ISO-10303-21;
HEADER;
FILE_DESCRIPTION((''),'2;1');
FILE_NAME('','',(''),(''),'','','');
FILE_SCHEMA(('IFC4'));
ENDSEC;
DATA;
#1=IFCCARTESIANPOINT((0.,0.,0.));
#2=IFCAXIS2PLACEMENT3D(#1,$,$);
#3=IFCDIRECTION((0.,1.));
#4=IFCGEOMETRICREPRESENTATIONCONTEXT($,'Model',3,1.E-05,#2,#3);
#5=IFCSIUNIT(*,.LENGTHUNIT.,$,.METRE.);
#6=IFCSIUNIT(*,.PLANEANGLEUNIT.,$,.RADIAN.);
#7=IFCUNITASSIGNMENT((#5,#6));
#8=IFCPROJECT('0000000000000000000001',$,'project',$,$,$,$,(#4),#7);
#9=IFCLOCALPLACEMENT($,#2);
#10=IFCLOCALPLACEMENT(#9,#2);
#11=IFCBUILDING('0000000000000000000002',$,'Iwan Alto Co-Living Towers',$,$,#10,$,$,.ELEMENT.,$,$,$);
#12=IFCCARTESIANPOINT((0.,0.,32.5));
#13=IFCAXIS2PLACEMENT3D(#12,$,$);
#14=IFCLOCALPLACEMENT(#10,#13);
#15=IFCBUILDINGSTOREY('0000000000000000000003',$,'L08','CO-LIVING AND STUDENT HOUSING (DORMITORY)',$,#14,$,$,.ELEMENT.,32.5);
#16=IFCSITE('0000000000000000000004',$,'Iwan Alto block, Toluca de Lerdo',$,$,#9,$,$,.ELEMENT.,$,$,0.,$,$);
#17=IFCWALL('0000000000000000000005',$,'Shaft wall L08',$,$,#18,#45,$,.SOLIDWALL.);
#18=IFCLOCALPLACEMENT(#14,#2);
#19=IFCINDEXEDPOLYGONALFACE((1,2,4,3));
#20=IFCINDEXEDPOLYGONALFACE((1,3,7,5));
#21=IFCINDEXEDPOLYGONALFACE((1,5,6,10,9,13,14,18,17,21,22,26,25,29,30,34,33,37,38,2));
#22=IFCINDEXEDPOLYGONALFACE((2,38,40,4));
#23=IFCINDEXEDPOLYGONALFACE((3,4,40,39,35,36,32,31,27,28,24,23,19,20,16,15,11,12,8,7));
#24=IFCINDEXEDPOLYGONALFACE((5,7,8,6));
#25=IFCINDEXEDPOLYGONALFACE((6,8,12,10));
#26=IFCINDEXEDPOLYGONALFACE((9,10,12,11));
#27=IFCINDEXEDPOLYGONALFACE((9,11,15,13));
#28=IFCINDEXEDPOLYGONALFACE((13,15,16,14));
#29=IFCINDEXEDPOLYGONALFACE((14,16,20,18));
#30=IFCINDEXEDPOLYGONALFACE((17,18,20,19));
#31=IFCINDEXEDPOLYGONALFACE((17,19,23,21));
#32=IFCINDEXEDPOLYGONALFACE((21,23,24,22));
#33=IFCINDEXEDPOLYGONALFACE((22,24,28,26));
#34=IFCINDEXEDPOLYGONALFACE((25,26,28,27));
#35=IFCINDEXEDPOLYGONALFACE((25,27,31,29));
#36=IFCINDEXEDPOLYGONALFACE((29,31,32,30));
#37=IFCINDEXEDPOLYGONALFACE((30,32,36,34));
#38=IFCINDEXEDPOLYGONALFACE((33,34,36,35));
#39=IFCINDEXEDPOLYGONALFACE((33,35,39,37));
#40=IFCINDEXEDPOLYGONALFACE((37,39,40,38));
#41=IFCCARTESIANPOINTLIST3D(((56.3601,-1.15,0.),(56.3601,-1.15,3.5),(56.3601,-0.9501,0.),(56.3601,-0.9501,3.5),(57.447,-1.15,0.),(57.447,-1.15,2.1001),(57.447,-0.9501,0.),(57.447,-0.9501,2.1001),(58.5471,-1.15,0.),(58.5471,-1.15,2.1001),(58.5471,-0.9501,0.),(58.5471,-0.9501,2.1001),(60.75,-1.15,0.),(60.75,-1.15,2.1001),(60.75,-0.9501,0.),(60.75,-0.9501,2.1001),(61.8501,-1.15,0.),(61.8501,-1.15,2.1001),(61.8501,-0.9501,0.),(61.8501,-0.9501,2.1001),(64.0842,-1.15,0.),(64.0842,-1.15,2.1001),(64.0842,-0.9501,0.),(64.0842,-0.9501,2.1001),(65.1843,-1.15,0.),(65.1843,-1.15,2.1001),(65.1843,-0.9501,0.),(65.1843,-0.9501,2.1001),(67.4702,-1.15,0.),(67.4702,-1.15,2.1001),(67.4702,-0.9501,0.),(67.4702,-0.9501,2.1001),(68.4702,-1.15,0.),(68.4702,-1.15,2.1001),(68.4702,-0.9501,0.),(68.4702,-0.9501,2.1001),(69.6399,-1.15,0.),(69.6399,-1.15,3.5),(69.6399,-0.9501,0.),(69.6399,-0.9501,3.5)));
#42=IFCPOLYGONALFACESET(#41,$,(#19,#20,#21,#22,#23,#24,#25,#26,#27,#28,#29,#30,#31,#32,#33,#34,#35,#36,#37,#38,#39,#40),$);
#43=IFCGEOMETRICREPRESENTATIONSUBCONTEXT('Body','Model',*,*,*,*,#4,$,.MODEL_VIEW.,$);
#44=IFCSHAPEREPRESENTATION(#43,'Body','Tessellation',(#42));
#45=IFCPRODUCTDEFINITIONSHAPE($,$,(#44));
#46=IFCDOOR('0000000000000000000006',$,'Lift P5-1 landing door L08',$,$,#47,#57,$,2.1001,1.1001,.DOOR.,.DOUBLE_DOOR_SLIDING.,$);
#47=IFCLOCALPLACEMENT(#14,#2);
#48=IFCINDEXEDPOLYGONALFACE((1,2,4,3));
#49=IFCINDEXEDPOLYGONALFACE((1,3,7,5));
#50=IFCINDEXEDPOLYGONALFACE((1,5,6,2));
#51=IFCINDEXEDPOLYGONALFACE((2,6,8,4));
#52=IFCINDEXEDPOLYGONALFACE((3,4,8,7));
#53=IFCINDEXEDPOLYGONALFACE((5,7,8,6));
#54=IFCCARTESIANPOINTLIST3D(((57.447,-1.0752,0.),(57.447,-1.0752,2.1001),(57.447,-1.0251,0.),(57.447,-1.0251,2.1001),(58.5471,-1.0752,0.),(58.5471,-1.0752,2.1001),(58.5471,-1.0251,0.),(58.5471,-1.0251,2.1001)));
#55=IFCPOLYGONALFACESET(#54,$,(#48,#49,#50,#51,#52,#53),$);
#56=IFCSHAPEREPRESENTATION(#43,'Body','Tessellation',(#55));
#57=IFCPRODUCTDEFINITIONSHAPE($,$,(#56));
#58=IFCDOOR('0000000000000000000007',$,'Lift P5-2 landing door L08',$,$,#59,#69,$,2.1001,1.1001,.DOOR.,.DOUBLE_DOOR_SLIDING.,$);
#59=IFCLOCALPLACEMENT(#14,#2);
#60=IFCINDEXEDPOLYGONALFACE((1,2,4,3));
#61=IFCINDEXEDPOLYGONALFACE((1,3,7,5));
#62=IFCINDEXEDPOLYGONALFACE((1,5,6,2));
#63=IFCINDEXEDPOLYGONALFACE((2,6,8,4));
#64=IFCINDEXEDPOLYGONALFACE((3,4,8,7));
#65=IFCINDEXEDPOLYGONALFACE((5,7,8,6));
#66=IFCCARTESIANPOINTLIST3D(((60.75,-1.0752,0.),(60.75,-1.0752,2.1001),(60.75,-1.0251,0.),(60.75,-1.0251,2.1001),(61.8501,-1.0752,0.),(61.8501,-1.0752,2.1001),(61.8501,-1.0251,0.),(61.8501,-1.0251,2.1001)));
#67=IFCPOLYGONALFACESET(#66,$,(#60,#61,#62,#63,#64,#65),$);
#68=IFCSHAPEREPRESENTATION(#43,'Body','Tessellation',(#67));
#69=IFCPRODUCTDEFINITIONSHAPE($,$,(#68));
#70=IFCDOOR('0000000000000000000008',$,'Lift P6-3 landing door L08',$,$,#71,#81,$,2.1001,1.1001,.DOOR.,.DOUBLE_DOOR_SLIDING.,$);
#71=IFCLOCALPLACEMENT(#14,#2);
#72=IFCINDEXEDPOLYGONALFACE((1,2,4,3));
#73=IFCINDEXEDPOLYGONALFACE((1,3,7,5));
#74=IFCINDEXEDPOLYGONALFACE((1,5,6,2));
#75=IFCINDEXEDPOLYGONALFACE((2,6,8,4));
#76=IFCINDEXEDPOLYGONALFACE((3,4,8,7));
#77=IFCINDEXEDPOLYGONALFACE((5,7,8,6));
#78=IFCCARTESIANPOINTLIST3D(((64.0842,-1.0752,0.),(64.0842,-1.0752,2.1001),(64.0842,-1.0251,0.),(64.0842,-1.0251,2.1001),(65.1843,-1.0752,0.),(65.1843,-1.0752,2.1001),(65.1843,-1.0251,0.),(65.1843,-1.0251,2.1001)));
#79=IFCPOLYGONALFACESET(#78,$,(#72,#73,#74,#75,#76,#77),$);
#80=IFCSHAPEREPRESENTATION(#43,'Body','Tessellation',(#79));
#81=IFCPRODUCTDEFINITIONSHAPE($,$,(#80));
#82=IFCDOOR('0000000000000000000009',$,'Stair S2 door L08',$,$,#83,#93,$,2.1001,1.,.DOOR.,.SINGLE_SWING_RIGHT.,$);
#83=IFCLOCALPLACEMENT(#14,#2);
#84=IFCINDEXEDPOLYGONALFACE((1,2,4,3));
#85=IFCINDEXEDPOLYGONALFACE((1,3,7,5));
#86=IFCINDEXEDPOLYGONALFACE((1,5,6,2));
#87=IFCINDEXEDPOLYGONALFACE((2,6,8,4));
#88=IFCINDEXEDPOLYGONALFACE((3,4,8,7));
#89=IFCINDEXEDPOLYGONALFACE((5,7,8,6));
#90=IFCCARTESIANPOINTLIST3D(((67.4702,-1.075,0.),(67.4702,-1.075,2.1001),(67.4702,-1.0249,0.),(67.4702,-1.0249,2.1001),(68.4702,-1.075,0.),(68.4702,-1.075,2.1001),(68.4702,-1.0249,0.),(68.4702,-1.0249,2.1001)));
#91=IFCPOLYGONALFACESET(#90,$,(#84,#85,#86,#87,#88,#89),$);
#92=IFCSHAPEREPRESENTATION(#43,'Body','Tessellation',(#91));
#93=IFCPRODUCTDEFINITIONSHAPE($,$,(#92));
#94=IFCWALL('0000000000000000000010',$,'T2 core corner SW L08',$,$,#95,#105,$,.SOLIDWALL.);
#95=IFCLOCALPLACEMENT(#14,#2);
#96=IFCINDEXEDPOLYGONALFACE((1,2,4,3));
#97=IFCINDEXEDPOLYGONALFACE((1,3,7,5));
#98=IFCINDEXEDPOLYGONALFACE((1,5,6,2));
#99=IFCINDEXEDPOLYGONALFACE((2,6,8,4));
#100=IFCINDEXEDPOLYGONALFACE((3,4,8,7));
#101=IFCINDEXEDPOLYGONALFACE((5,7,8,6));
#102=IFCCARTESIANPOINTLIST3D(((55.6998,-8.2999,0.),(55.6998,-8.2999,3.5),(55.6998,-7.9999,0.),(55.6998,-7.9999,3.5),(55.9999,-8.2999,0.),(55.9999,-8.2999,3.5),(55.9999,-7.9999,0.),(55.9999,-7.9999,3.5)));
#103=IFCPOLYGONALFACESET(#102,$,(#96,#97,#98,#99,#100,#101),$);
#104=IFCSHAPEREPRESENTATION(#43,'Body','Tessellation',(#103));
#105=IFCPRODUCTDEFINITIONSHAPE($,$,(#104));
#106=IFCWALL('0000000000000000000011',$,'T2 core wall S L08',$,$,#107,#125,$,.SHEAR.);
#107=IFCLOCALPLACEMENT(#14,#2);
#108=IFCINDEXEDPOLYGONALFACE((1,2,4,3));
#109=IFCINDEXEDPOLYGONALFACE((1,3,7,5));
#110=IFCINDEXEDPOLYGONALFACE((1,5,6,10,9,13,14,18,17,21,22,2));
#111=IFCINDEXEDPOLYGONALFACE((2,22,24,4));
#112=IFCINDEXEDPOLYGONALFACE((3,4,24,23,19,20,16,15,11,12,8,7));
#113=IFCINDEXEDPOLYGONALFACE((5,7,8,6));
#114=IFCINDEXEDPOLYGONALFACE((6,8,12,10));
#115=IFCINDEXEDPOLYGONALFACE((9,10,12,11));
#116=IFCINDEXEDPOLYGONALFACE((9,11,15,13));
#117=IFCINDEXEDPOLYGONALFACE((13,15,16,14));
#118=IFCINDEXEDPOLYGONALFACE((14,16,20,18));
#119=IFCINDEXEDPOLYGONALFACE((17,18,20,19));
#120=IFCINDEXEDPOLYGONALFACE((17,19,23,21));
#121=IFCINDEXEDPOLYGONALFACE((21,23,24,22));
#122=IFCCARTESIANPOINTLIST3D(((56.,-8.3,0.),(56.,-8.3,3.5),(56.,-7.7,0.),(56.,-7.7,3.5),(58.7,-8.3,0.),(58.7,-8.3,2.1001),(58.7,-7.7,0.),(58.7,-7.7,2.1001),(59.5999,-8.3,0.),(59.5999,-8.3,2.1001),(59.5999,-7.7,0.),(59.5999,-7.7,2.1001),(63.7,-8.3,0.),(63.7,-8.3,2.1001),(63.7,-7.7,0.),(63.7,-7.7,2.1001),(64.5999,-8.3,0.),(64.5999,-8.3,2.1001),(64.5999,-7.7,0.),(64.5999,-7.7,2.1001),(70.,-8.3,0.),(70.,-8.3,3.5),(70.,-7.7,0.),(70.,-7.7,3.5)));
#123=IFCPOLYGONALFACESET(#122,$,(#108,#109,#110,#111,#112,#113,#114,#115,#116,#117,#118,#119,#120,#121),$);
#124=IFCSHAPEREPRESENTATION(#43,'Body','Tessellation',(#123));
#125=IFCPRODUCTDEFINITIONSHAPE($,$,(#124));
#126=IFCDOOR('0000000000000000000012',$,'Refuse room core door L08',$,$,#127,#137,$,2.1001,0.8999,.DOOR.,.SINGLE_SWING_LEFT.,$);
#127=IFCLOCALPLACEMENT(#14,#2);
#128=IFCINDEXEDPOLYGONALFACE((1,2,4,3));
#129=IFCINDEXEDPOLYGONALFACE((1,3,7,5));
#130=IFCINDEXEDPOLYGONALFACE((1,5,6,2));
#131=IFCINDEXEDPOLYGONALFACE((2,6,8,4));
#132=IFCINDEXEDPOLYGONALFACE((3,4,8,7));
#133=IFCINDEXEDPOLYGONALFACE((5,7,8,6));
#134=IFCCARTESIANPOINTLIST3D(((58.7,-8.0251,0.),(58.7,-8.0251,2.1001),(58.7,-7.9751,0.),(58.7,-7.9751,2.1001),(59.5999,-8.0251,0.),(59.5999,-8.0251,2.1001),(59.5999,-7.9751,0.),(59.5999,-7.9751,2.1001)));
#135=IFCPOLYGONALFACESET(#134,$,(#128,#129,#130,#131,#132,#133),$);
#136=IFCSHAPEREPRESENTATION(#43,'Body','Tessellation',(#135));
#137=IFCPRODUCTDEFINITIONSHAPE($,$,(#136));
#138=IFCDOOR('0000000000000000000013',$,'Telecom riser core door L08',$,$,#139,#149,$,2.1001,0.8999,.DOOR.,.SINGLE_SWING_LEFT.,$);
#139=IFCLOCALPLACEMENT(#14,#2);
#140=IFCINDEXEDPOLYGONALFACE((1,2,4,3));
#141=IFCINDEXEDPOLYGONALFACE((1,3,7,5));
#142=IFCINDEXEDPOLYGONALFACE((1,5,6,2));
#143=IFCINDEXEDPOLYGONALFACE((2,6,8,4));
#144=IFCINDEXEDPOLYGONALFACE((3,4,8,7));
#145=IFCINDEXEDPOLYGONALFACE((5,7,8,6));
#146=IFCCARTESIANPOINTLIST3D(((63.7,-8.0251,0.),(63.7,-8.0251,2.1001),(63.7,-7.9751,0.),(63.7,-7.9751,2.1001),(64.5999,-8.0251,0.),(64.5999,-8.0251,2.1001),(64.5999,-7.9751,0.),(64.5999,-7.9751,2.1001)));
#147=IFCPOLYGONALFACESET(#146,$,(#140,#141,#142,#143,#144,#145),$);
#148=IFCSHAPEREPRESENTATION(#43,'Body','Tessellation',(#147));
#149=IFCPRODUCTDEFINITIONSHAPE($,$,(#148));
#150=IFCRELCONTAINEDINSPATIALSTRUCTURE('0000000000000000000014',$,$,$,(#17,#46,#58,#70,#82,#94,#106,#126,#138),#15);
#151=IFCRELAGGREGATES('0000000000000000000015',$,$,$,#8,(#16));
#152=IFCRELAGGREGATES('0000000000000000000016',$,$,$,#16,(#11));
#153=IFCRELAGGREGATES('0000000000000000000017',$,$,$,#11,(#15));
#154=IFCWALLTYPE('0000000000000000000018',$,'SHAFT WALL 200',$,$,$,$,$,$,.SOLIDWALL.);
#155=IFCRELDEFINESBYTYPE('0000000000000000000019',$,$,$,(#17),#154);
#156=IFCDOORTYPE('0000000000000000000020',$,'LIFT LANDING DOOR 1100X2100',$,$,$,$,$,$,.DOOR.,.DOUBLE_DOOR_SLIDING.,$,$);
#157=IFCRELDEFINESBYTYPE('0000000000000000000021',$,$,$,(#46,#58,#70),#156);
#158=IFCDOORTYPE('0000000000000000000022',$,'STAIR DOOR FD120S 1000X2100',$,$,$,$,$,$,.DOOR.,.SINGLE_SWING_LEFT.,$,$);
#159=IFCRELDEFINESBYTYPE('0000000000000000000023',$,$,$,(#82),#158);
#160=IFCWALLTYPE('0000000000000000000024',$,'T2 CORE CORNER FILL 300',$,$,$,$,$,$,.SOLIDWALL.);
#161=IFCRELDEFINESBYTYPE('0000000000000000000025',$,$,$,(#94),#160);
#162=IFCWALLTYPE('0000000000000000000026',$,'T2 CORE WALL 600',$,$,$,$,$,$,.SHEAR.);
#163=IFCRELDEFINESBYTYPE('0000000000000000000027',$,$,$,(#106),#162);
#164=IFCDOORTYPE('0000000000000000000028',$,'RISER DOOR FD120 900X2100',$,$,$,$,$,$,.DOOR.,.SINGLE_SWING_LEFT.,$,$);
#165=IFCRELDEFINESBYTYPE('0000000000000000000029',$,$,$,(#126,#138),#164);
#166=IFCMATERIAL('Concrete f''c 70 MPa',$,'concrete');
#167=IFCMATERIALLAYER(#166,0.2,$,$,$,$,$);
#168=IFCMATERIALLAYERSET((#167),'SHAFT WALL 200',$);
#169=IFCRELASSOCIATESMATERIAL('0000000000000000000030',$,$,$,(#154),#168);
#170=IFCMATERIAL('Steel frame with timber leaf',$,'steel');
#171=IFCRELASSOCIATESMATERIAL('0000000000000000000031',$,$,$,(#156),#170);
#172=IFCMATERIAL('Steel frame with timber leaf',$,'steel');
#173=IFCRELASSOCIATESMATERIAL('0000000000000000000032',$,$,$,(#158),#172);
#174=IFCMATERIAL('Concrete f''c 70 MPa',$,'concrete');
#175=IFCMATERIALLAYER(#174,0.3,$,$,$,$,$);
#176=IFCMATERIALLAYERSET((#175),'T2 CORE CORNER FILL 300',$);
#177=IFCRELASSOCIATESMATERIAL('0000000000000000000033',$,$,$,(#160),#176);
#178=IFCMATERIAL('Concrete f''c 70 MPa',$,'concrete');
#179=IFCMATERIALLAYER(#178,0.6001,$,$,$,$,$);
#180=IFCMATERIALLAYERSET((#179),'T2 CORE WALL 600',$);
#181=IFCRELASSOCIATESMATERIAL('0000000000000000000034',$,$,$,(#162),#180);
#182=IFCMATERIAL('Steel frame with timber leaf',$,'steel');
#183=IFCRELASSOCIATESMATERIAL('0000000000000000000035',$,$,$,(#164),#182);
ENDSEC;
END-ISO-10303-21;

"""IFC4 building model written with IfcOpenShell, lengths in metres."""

from ifc_helpers import new_model, si_unit, direction, frame, frame_2d, origin, place, context, subcontext, project, spatial, rectangle, extrude, material, layer, layer_set, type_object, element, fill, save


model = new_model("IFC4")

# Units and contexts
model_context = context("Model", 3, precision=1e-05, world=origin(), true_north=direction((0.0, 1.0)))
body_context = subcontext(model_context, "Body", "Model", "MODEL_VIEW")
ifc_project = project(units=[si_unit("LENGTHUNIT", "METRE"), si_unit("PLANEANGLEUNIT", "RADIAN")], contexts=[model_context])

# Site, building, storey
site_placement = place(None, origin())
site = spatial("IfcSite", under=ifc_project, at=site_placement, Name="Iwan Alto block, Toluca de Lerdo", CompositionType="ELEMENT", RefElevation=0.0)
building_placement = place(site_placement, origin())
building = spatial("IfcBuilding", under=site, at=building_placement, Name="Iwan Alto Co-Living Towers", CompositionType="ELEMENT")
storey_placement = place(building_placement, frame((0.0, 0.0, 32.5)))
storey = spatial("IfcBuildingStorey", under=building, at=storey_placement, Name="L08", Description="CO-LIVING AND STUDENT HOUSING (DORMITORY)", CompositionType="ELEMENT", Elevation=32.5)

# Shared definitions
ifc_material_1 = material(Name="Concrete f'c 70 MPa", Category="concrete")
ifc_layer_1 = layer(ifc_material_1, 0.2)
ifc_layer_set_1 = layer_set([ifc_layer_1], Name="SHAFT WALL 200")
wall_type_1 = type_object("IfcWallType", Name="SHAFT WALL 200", PredefinedType="SOLIDWALL", material=ifc_layer_set_1)

# Wall, openings, doors
wall_1_placement = place(storey_placement, frame((56.3601, -1.05, 0.0), z_axis=(0.0, 0.0, 1.0), x_axis=(1.0, 0.0, 0.0)))
wall_1 = element("IfcWall", 1, at=wall_1_placement, inside=storey, type_object=wall_type_1, Name="Shaft wall L08", PredefinedType="SOLIDWALL", context=body_context, shape_type="SweptSolid", body=[
    extrude(rectangle(XDim=13.2798, YDim=0.2, at=frame_2d((6.6399, 0.0))), origin(), (0.0, 0.0, 1.0), 3.5),
])
opening_1_placement = place(wall_1_placement, frame((11.1101, 0.0, 0.0)))
opening_1 = element("IfcOpeningElement", 2, at=opening_1_placement, cuts=wall_1, PredefinedType="OPENING", context=body_context, shape_type="SweptSolid", body=[
    extrude(rectangle(XDim=1.0, YDim=2.1001, at=frame_2d((0.5, 1.05))), frame((0.0, 0.1099, 0.0), z_axis=(0.0, -1.0, 0.0), x_axis=(1.0, 0.0, 0.0)), (0.0, 0.0, 1.0), 0.22),
])
opening_2_placement = place(wall_1_placement, frame((1.0869, 0.0, 0.0)))
opening_2 = element("IfcOpeningElement", 3, at=opening_2_placement, cuts=wall_1, PredefinedType="OPENING", context=body_context, shape_type="SweptSolid", body=[
    extrude(rectangle(XDim=1.1001, YDim=2.1001, at=frame_2d((0.55, 1.05))), frame((0.0, 0.1099, 0.0), z_axis=(0.0, -1.0, 0.0), x_axis=(1.0, 0.0, 0.0)), (0.0, 0.0, 1.0), 0.22),
])
opening_3_placement = place(wall_1_placement, frame((4.3899, 0.0, 0.0)))
opening_3 = element("IfcOpeningElement", 4, at=opening_3_placement, cuts=wall_1, PredefinedType="OPENING", context=body_context, shape_type="SweptSolid", body=[
    extrude(rectangle(XDim=1.1001, YDim=2.1001, at=frame_2d((0.55, 1.05))), frame((0.0, 0.1099, 0.0), z_axis=(0.0, -1.0, 0.0), x_axis=(1.0, 0.0, 0.0)), (0.0, 0.0, 1.0), 0.22),
])
opening_4_placement = place(wall_1_placement, frame((7.7241, 0.0, 0.0)))
opening_4 = element("IfcOpeningElement", 5, at=opening_4_placement, cuts=wall_1, PredefinedType="OPENING", context=body_context, shape_type="SweptSolid", body=[
    extrude(rectangle(XDim=1.1001, YDim=2.1001, at=frame_2d((0.55, 1.05))), frame((0.0, 0.1099, 0.0), z_axis=(0.0, -1.0, 0.0), x_axis=(1.0, 0.0, 0.0)), (0.0, 0.0, 1.0), 0.22),
])
ifc_material_2 = material(Name="Steel frame with timber leaf", Category="steel")
door_type_1 = type_object("IfcDoorType", Name="LIFT LANDING DOOR 1100X2100", OperationType="DOUBLE_DOOR_SLIDING", PredefinedType="DOOR", material=ifc_material_2)
door_1_placement = place(opening_2_placement, origin())
door_1 = element("IfcDoor", 6, at=door_1_placement, inside=storey, type_object=door_type_1, Name="Lift P5-1 landing door L08", OperationType="DOUBLE_DOOR_SLIDING", OverallHeight=2.1001, OverallWidth=1.1001, PredefinedType="DOOR", context=body_context, shape_type="SweptSolid", body=[
    extrude(rectangle(XDim=1.1001, YDim=2.1001, at=frame_2d((0.55, 1.05))), frame((0.0, 0.0249, 0.0), z_axis=(0.0, -1.0, 0.0), x_axis=(1.0, 0.0, 0.0)), (0.0, 0.0, 1.0), 0.05),
])
fill(opening_2, door_1)
door_2_placement = place(opening_3_placement, origin())
door_2 = element("IfcDoor", 7, at=door_2_placement, inside=storey, type_object=door_type_1, Name="Lift P5-2 landing door L08", OperationType="DOUBLE_DOOR_SLIDING", OverallHeight=2.1001, OverallWidth=1.1001, PredefinedType="DOOR", context=body_context, shape_type="SweptSolid", body=[
    extrude(rectangle(XDim=1.1001, YDim=2.1001, at=frame_2d((0.55, 1.05))), frame((0.0, 0.0249, 0.0), z_axis=(0.0, -1.0, 0.0), x_axis=(1.0, 0.0, 0.0)), (0.0, 0.0, 1.0), 0.05),
])
fill(opening_3, door_2)
door_3_placement = place(opening_4_placement, origin())
door_3 = element("IfcDoor", 8, at=door_3_placement, inside=storey, type_object=door_type_1, Name="Lift P6-3 landing door L08", OperationType="DOUBLE_DOOR_SLIDING", OverallHeight=2.1001, OverallWidth=1.1001, PredefinedType="DOOR", context=body_context, shape_type="SweptSolid", body=[
    extrude(rectangle(XDim=1.1001, YDim=2.1001, at=frame_2d((0.55, 1.05))), frame((0.0, 0.0249, 0.0), z_axis=(0.0, -1.0, 0.0), x_axis=(1.0, 0.0, 0.0)), (0.0, 0.0, 1.0), 0.05),
])
fill(opening_4, door_3)
ifc_material_3 = material(Name="Steel frame with timber leaf", Category="steel")
door_type_2 = type_object("IfcDoorType", Name="STAIR DOOR FD120S 1000X2100", OperationType="SINGLE_SWING_LEFT", PredefinedType="DOOR", material=ifc_material_3)
door_4_placement = place(opening_1_placement, frame((1.0, 0.0, 0.0), z_axis=(0.0, 0.0, 1.0), x_axis=(-1.0, 0.0, 0.0)))
door_4 = element("IfcDoor", 9, at=door_4_placement, inside=storey, type_object=door_type_2, Name="Stair S2 door L08", OperationType="SINGLE_SWING_RIGHT", OverallHeight=2.1001, OverallWidth=1.0, PredefinedType="DOOR", context=body_context, shape_type="SweptSolid", body=[
    extrude(rectangle(XDim=1.0, YDim=2.1001, at=frame_2d((0.5, 1.05))), frame((0.0, 0.0249, 0.0), z_axis=(0.0, -1.0, 0.0), x_axis=(1.0, 0.0, 0.0)), (0.0, 0.0, 1.0), 0.05),
])
fill(opening_1, door_4)

# Wall
ifc_material_4 = material(Name="Concrete f'c 70 MPa", Category="concrete")
ifc_layer_2 = layer(ifc_material_4, 0.3)
ifc_layer_set_2 = layer_set([ifc_layer_2], Name="T2 CORE CORNER FILL 300")
wall_type_2 = type_object("IfcWallType", Name="T2 CORE CORNER FILL 300", PredefinedType="SOLIDWALL", material=ifc_layer_set_2)
wall_2_placement = place(storey_placement, frame((55.7, -8.1499, 0.0), z_axis=(0.0, 0.0, 1.0), x_axis=(1.0, 0.0, 0.0)))
element("IfcWall", 10, at=wall_2_placement, inside=storey, type_object=wall_type_2, Name="T2 core corner SW L08", PredefinedType="SOLIDWALL", context=body_context, shape_type="SweptSolid", body=[
    extrude(rectangle(XDim=0.3, YDim=0.3, at=frame_2d((0.1499, 0.0))), origin(), (0.0, 0.0, 1.0), 3.5),
])

# Wall, openings, doors
ifc_material_5 = material(Name="Concrete f'c 70 MPa", Category="concrete")
ifc_layer_3 = layer(ifc_material_5, 0.6001)
ifc_layer_set_3 = layer_set([ifc_layer_3], Name="T2 CORE WALL 600")
wall_type_3 = type_object("IfcWallType", Name="T2 CORE WALL 600", PredefinedType="SHEAR", material=ifc_layer_set_3)
wall_3_placement = place(storey_placement, frame((56.0, -8.0, 0.0), z_axis=(0.0, 0.0, 1.0), x_axis=(1.0, 0.0, 0.0)))
wall_3 = element("IfcWall", 11, at=wall_3_placement, inside=storey, type_object=wall_type_3, Name="T2 core wall S L08", PredefinedType="SHEAR", context=body_context, shape_type="SweptSolid", body=[
    extrude(rectangle(XDim=14.0, YDim=0.6001, at=frame_2d((7.0, 0.0))), origin(), (0.0, 0.0, 1.0), 3.5),
])
opening_5_placement = place(wall_3_placement, frame((2.7, 0.0, 0.0)))
opening_5 = element("IfcOpeningElement", 12, at=opening_5_placement, cuts=wall_3, PredefinedType="OPENING", context=body_context, shape_type="SweptSolid", body=[
    extrude(rectangle(XDim=0.8999, YDim=2.1001, at=frame_2d((0.45, 1.05))), frame((0.0, 0.3101, 0.0), z_axis=(0.0, -1.0, 0.0), x_axis=(1.0, 0.0, 0.0)), (0.0, 0.0, 1.0), 0.6201),
])
opening_6_placement = place(wall_3_placement, frame((7.7, 0.0, 0.0)))
opening_6 = element("IfcOpeningElement", 13, at=opening_6_placement, cuts=wall_3, PredefinedType="OPENING", context=body_context, shape_type="SweptSolid", body=[
    extrude(rectangle(XDim=0.8999, YDim=2.1001, at=frame_2d((0.45, 1.05))), frame((0.0, 0.3101, 0.0), z_axis=(0.0, -1.0, 0.0), x_axis=(1.0, 0.0, 0.0)), (0.0, 0.0, 1.0), 0.6201),
])
ifc_material_6 = material(Name="Steel frame with timber leaf", Category="steel")
door_type_3 = type_object("IfcDoorType", Name="RISER DOOR FD120 900X2100", OperationType="SINGLE_SWING_LEFT", PredefinedType="DOOR", material=ifc_material_6)
door_5_placement = place(opening_5_placement, origin())
door_5 = element("IfcDoor", 14, at=door_5_placement, inside=storey, type_object=door_type_3, Name="Refuse room core door L08", OperationType="SINGLE_SWING_LEFT", OverallHeight=2.1001, OverallWidth=0.8999, PredefinedType="DOOR", context=body_context, shape_type="SweptSolid", body=[
    extrude(rectangle(XDim=0.8999, YDim=2.1001, at=frame_2d((0.45, 1.05))), frame((0.0, 0.0249, 0.0), z_axis=(0.0, -1.0, 0.0), x_axis=(1.0, 0.0, 0.0)), (0.0, 0.0, 1.0), 0.05),
])
fill(opening_5, door_5)
door_6_placement = place(opening_6_placement, origin())
door_6 = element("IfcDoor", 15, at=door_6_placement, inside=storey, type_object=door_type_3, Name="Telecom riser core door L08", OperationType="SINGLE_SWING_LEFT", OverallHeight=2.1001, OverallWidth=0.8999, PredefinedType="DOOR", context=body_context, shape_type="SweptSolid", body=[
    extrude(rectangle(XDim=0.8999, YDim=2.1001, at=frame_2d((0.45, 1.05))), frame((0.0, 0.0249, 0.0), z_axis=(0.0, -1.0, 0.0), x_axis=(1.0, 0.0, 0.0)), (0.0, 0.0, 1.0), 0.05),
])
fill(opening_6, door_6)

save(model, "model.ifc")
